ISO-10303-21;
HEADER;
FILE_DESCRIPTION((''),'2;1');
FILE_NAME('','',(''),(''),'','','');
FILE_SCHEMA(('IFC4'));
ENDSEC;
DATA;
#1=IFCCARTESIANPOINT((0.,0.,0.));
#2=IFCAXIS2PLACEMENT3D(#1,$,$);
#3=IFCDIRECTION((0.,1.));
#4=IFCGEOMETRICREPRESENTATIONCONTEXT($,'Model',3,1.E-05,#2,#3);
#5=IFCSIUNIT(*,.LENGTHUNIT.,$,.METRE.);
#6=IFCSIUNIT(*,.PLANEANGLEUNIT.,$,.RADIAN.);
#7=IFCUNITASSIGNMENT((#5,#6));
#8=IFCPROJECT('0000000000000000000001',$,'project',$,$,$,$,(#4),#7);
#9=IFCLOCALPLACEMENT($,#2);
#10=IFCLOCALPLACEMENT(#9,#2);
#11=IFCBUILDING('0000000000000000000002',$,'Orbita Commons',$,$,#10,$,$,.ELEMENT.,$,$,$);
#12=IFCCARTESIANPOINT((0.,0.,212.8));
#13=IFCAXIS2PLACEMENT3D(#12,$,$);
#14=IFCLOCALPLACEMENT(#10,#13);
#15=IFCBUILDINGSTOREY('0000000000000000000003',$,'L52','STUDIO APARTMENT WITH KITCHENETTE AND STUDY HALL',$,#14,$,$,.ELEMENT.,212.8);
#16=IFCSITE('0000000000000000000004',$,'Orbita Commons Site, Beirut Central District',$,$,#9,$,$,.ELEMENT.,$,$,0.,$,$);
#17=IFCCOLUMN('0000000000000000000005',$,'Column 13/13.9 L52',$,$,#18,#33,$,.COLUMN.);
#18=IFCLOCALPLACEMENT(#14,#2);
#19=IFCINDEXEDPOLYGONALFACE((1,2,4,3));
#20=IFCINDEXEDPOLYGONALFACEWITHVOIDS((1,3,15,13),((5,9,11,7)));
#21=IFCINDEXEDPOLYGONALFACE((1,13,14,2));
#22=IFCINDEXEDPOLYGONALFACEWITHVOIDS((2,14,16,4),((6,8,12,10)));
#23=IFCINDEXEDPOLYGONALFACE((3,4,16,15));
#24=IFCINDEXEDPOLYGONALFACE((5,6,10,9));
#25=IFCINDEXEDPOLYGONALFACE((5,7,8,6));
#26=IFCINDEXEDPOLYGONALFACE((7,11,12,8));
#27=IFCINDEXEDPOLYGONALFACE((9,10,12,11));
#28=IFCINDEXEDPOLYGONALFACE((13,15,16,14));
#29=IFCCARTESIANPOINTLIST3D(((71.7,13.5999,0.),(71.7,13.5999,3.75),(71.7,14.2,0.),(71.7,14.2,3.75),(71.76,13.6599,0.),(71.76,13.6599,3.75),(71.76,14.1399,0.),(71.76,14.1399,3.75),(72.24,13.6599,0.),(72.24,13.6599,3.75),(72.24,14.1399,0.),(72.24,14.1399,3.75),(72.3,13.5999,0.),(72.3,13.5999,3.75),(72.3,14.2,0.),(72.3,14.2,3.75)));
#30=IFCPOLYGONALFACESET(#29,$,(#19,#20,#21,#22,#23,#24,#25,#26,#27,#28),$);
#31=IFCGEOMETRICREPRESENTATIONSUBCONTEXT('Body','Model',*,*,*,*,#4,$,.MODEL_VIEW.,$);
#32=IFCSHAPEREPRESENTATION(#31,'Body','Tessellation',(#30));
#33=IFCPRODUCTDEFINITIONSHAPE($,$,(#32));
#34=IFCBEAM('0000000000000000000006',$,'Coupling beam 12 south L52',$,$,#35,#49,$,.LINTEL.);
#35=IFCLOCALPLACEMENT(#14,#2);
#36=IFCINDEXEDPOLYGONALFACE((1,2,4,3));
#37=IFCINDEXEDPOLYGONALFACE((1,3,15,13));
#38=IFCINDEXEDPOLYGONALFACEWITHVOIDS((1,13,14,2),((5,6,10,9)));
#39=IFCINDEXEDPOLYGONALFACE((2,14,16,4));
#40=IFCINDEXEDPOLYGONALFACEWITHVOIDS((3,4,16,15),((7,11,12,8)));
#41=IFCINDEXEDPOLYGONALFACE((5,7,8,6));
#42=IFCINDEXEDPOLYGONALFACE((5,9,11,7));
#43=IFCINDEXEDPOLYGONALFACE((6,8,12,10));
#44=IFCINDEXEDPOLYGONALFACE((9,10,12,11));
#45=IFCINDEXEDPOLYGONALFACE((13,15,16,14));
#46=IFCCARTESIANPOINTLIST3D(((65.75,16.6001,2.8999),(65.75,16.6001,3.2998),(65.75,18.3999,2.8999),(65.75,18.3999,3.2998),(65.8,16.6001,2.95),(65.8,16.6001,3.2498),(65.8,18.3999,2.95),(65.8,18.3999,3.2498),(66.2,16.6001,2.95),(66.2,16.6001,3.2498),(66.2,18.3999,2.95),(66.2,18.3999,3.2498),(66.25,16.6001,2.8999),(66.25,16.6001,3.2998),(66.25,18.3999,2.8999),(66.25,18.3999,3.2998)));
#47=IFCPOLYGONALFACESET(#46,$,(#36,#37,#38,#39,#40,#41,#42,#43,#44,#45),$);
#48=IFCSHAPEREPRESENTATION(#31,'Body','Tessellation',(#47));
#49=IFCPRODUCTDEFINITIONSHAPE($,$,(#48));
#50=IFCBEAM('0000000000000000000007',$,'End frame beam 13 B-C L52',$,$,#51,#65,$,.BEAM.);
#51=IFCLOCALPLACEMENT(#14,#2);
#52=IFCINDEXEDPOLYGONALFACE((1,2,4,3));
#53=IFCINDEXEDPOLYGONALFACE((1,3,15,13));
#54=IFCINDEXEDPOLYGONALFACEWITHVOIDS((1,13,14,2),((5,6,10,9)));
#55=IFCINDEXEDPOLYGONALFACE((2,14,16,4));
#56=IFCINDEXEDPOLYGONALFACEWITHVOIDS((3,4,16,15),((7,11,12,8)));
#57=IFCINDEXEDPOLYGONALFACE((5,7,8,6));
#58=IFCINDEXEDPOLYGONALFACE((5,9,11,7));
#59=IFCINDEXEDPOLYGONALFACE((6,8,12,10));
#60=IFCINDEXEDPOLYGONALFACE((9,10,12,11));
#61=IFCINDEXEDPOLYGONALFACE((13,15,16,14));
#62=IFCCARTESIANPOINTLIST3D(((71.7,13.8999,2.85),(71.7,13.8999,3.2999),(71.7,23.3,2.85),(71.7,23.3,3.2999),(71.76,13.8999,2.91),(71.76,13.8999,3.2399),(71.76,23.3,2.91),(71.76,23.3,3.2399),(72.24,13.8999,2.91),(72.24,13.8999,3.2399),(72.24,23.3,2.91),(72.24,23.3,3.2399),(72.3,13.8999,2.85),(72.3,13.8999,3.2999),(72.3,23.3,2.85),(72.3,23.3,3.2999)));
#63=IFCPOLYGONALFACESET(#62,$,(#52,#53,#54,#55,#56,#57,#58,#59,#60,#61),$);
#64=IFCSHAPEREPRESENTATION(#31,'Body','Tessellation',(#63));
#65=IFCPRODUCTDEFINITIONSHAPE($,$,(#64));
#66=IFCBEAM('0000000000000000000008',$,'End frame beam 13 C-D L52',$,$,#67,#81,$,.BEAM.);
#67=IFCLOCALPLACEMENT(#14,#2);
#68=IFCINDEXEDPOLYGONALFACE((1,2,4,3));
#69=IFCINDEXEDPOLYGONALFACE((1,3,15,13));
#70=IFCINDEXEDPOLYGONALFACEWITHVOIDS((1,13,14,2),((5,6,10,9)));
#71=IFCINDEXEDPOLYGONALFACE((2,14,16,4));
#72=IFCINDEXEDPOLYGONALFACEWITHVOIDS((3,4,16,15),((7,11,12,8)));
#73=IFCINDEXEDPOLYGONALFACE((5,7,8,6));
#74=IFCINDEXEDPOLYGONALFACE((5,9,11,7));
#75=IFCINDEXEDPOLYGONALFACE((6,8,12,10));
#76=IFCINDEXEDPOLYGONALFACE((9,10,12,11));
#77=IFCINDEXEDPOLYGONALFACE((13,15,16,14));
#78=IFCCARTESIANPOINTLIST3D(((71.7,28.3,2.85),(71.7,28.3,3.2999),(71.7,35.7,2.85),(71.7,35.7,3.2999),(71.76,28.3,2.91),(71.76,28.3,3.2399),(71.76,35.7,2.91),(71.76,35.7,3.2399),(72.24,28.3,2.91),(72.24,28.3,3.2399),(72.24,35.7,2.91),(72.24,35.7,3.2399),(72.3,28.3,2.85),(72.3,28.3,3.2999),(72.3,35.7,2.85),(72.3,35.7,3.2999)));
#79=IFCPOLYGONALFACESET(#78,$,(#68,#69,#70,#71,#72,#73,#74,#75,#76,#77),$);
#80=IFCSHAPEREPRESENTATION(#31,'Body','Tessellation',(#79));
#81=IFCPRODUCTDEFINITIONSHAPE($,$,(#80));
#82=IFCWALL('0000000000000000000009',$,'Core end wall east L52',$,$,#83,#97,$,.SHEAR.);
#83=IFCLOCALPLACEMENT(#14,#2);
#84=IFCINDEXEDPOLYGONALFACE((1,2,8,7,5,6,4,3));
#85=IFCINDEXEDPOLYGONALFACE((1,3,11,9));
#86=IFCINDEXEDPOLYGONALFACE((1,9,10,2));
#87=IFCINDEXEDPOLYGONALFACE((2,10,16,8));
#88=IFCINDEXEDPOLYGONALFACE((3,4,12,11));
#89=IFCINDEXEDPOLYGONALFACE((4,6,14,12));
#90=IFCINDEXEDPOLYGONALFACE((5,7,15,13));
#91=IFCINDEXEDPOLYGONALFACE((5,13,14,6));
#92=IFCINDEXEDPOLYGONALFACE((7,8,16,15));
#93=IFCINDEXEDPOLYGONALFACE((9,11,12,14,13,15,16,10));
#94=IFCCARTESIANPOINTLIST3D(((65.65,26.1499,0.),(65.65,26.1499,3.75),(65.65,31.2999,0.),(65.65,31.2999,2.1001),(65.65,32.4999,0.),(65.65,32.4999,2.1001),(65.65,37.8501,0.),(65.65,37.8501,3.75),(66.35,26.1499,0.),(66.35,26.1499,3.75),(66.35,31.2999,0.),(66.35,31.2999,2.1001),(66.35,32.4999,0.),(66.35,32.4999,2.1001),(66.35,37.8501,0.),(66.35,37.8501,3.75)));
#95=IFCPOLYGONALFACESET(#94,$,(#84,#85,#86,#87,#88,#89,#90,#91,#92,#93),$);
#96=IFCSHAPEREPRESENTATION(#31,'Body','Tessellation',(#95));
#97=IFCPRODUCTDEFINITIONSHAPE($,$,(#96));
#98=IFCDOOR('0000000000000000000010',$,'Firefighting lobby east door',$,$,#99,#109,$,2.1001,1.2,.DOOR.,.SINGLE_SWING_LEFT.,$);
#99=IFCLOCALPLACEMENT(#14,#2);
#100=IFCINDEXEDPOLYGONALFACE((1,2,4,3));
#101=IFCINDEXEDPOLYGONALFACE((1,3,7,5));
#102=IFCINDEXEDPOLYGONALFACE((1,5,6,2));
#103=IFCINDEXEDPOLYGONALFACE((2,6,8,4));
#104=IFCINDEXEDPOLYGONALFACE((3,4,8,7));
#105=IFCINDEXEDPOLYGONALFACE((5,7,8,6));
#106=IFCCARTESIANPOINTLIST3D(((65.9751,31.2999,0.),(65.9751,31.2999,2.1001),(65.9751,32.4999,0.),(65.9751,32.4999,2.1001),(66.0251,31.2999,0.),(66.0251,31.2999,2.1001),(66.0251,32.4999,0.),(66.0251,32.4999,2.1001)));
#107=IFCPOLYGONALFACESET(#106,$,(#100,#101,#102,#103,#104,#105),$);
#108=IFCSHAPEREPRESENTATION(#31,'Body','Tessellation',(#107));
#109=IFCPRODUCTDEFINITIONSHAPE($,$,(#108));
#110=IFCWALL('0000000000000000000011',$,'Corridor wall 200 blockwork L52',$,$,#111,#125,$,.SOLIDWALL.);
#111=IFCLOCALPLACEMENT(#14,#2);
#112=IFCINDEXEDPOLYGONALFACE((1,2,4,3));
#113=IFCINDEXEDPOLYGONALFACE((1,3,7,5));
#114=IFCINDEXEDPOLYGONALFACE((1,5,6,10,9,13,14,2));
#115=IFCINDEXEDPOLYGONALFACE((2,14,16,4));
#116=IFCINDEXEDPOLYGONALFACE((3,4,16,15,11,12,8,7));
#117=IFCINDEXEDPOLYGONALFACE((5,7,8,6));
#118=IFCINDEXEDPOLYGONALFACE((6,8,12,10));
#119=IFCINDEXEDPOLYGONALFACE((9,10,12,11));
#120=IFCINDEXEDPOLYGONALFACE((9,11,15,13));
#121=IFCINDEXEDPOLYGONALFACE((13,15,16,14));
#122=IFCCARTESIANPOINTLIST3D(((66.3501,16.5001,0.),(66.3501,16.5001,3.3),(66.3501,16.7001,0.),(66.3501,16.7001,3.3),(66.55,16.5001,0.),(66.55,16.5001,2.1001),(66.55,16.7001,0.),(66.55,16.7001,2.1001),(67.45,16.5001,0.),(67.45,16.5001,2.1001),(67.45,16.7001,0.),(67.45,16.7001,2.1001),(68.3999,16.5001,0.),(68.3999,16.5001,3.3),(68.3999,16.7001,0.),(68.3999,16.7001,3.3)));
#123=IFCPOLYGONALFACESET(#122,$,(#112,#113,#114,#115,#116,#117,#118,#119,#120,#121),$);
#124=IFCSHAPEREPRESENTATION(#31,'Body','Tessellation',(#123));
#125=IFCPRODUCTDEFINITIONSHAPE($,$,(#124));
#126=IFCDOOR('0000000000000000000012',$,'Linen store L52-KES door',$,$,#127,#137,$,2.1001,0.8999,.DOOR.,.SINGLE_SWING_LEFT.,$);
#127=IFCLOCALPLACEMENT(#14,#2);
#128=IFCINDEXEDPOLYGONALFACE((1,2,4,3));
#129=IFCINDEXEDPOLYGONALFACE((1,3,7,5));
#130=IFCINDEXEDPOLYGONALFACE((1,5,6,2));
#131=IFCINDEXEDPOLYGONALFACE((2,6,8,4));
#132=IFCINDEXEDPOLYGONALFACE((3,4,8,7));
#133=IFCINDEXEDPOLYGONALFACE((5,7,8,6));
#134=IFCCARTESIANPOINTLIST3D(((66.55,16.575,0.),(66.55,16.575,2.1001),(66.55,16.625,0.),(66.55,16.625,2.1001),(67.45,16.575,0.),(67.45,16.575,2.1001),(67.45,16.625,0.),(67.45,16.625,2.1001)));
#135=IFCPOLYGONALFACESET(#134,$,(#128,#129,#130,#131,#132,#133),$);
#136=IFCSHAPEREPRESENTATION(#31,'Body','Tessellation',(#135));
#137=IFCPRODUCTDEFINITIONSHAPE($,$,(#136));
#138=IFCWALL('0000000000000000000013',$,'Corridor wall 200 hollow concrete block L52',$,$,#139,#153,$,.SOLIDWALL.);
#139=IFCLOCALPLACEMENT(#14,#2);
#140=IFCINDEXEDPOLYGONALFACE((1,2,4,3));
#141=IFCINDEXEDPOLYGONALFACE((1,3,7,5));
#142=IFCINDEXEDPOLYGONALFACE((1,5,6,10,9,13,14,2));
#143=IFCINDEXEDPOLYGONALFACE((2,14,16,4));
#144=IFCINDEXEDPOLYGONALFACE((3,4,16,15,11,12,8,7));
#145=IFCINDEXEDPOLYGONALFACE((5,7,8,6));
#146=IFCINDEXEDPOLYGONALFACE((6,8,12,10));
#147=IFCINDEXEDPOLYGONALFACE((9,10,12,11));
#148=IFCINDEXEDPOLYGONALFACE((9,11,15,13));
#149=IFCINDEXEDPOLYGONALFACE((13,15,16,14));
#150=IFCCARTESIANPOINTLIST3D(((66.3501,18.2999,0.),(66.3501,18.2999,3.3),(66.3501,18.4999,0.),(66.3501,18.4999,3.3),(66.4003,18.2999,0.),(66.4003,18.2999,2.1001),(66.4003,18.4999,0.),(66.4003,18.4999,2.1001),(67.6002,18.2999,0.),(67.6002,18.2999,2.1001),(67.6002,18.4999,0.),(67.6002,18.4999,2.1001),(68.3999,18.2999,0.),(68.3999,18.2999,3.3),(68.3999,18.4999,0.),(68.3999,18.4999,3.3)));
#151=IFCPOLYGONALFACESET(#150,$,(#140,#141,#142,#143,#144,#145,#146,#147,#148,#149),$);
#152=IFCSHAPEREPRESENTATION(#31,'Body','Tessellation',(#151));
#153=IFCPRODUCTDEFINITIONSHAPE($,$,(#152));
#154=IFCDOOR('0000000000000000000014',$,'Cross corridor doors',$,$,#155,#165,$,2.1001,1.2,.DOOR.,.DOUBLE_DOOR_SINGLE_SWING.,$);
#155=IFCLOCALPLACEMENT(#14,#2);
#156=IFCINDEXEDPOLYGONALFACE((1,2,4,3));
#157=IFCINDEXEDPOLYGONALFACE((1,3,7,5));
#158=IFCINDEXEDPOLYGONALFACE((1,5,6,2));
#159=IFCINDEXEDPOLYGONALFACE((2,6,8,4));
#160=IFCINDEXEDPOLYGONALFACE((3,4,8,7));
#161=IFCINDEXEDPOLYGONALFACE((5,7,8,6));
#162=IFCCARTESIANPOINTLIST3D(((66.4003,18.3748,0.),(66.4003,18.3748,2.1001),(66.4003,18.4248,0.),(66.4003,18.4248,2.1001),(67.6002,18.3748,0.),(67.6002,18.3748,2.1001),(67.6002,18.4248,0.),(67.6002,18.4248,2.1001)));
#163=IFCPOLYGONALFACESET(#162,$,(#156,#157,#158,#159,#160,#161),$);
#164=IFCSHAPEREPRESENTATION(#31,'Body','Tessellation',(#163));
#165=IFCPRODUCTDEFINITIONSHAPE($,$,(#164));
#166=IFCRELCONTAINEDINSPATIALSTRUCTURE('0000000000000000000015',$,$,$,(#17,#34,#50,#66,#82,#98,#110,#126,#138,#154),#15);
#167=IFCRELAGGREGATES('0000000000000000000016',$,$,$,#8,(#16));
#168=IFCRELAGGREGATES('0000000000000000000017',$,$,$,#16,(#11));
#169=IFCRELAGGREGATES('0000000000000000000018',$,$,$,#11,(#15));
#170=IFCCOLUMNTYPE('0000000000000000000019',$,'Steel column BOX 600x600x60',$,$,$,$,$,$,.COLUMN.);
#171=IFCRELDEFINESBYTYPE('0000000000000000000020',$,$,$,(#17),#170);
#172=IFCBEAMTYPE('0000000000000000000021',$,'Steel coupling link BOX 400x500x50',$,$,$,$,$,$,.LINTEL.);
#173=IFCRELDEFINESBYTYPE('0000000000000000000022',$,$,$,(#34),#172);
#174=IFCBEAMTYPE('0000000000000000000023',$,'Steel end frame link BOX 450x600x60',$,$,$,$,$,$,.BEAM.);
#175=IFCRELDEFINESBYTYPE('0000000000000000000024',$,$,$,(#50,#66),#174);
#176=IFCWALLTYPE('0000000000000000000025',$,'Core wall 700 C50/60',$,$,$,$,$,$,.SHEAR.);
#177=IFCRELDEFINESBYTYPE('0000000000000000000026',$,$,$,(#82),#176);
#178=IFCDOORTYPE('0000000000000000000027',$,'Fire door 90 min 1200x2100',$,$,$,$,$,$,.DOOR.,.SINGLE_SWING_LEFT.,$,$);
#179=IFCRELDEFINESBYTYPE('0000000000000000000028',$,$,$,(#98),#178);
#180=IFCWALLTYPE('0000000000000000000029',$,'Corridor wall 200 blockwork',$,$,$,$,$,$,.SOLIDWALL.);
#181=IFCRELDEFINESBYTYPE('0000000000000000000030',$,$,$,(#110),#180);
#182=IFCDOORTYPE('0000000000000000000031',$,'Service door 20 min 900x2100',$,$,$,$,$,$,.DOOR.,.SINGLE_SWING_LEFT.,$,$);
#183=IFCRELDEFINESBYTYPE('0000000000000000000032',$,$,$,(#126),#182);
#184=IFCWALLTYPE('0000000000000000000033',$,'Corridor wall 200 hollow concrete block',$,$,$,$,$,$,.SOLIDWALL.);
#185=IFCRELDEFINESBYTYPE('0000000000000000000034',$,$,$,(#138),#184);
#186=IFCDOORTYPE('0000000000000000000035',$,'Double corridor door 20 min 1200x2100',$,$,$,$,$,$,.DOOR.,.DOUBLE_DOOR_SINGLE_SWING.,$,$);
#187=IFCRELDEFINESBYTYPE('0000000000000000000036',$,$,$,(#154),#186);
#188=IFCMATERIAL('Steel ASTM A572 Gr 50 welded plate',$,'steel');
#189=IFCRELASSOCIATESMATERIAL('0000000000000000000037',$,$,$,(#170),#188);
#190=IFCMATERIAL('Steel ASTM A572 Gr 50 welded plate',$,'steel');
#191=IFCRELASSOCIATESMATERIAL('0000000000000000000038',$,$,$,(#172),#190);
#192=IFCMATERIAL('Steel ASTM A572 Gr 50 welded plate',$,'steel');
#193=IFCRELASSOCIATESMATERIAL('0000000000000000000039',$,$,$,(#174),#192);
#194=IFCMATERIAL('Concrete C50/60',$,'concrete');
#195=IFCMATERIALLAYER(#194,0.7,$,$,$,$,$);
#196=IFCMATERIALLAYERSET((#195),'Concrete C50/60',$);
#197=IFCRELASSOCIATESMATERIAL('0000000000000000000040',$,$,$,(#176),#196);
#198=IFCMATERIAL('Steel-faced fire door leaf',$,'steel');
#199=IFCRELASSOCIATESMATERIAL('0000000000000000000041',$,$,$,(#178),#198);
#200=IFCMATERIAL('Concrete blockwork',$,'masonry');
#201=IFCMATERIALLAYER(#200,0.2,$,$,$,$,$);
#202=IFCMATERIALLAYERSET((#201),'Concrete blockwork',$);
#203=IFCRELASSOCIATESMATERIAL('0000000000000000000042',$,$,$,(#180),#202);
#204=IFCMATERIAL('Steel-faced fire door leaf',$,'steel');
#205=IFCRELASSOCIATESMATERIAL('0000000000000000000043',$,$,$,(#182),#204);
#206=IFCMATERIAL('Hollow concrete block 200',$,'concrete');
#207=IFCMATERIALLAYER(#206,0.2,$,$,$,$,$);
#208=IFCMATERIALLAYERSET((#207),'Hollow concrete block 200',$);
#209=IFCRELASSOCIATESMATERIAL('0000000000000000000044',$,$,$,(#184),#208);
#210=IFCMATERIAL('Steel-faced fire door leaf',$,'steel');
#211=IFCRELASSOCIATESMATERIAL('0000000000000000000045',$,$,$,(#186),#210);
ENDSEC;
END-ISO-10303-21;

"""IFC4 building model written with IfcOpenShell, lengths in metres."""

from ifc_helpers import new_model, si_unit, direction, frame, frame_2d, origin, origin_2d, place, context, subcontext, project, spatial, rectangle, hollow_rectangle, extrude, material, layer, layer_set, material_profile, profile_set, type_object, element, fill, save


model = new_model("IFC4")

# Units and contexts
model_context = context("Model", 3, precision=1e-05, world=origin(), true_north=direction((0.0, 1.0)))
body_context = subcontext(model_context, "Body", "Model", "MODEL_VIEW")
ifc_project = project(units=[si_unit("LENGTHUNIT", "METRE"), si_unit("PLANEANGLEUNIT", "RADIAN")], contexts=[model_context])

# Site, building, storey
site_placement = place(None, origin())
site = spatial("IfcSite", under=ifc_project, at=site_placement, Name="Orbita Commons Site, Beirut Central District", CompositionType="ELEMENT", RefElevation=0.0)
building_placement = place(site_placement, origin())
building = spatial("IfcBuilding", under=site, at=building_placement, Name="Orbita Commons", CompositionType="ELEMENT")
storey_placement = place(building_placement, frame((0.0, 0.0, 212.8)))
storey = spatial("IfcBuildingStorey", under=building, at=storey_placement, Name="L52", Description="STUDIO APARTMENT WITH KITCHENETTE AND STUDY HALL", CompositionType="ELEMENT", Elevation=212.8)

# Column
ifc_material_1 = material(Name="Steel ASTM A572 Gr 50 welded plate", Category="steel")
ifc_material_profile_1 = material_profile(ifc_material_1, hollow_rectangle(XDim=0.6001, YDim=0.6001, WallThickness=0.0601, at=origin_2d()), Name="BOX 600x600x60")
ifc_profile_set_1 = profile_set([ifc_material_profile_1], Name="Steel ASTM A572 Gr 50 welded plate")
column_type = type_object("IfcColumnType", Name="Steel column BOX 600x600x60", PredefinedType="COLUMN", material=ifc_profile_set_1)
column_placement = place(storey_placement, frame((72.0, 13.8999, 0.0), z_axis=(0.0, 0.0, 1.0), x_axis=(1.0, 0.0, 0.0)))
element("IfcColumn", 1, at=column_placement, inside=storey, type_object=column_type, Name="Column 13/13.9 L52", PredefinedType="COLUMN", context=body_context, shape_type="SweptSolid", body=[
    extrude(hollow_rectangle(XDim=0.6001, YDim=0.6001, WallThickness=0.0601, at=origin_2d()), origin(), (0.0, 0.0, 1.0), 3.75),
])

# Beams
ifc_material_2 = material(Name="Steel ASTM A572 Gr 50 welded plate", Category="steel")
ifc_material_profile_2 = material_profile(ifc_material_2, hollow_rectangle(XDim=0.5, YDim=0.3999, WallThickness=0.05, at=origin_2d()), Name="BOX 400x500x50")
ifc_profile_set_2 = profile_set([ifc_material_profile_2], Name="Steel ASTM A572 Gr 50 welded plate")
beam_type_1 = type_object("IfcBeamType", Name="Steel coupling link BOX 400x500x50", PredefinedType="LINTEL", material=ifc_profile_set_2)
beam_1_placement = place(storey_placement, frame((66.0, 16.6001, 3.0999), z_axis=(0.0, 1.0, 0.0), x_axis=(-1.0, 0.0, 0.0)))
element("IfcBeam", 2, at=beam_1_placement, inside=storey, type_object=beam_type_1, Name="Coupling beam 12 south L52", PredefinedType="LINTEL", context=body_context, shape_type="SweptSolid", body=[
    extrude(hollow_rectangle(XDim=0.5, YDim=0.3999, WallThickness=0.05, at=origin_2d()), origin(), (0.0, 0.0, 1.0), 1.7998),
])
ifc_material_3 = material(Name="Steel ASTM A572 Gr 50 welded plate", Category="steel")
ifc_material_profile_3 = material_profile(ifc_material_3, hollow_rectangle(XDim=0.6001, YDim=0.45, WallThickness=0.0601, at=origin_2d()), Name="BOX 450x600x60")
ifc_profile_set_3 = profile_set([ifc_material_profile_3], Name="Steel ASTM A572 Gr 50 welded plate")
beam_type_2 = type_object("IfcBeamType", Name="Steel end frame link BOX 450x600x60", PredefinedType="BEAM", material=ifc_profile_set_3)
beam_2_placement = place(storey_placement, frame((72.0, 13.8999, 3.075), z_axis=(0.0, 1.0, 0.0), x_axis=(-1.0, 0.0, 0.0)))
element("IfcBeam", 3, at=beam_2_placement, inside=storey, type_object=beam_type_2, Name="End frame beam 13 B-C L52", PredefinedType="BEAM", context=body_context, shape_type="SweptSolid", body=[
    extrude(hollow_rectangle(XDim=0.6001, YDim=0.45, WallThickness=0.0601, at=origin_2d()), origin(), (0.0, 0.0, 1.0), 9.4001),
])
beam_3_placement = place(storey_placement, frame((72.0, 28.3, 3.075), z_axis=(0.0, 1.0, 0.0), x_axis=(-1.0, 0.0, 0.0)))
element("IfcBeam", 4, at=beam_3_placement, inside=storey, type_object=beam_type_2, Name="End frame beam 13 C-D L52", PredefinedType="BEAM", context=body_context, shape_type="SweptSolid", body=[
    extrude(hollow_rectangle(XDim=0.6001, YDim=0.45, WallThickness=0.0601, at=origin_2d()), origin(), (0.0, 0.0, 1.0), 7.3999),
])

# Walls, openings, doors
ifc_material_4 = material(Name="Concrete C50/60", Category="concrete")
ifc_layer_1 = layer(ifc_material_4, 0.7)
ifc_layer_set_1 = layer_set([ifc_layer_1], Name="Concrete C50/60")
wall_type_1 = type_object("IfcWallType", Name="Core wall 700 C50/60", PredefinedType="SHEAR", material=ifc_layer_set_1)
wall_1_placement = place(storey_placement, frame((66.0, 26.1499, 0.0), z_axis=(0.0, 0.0, 1.0), x_axis=(0.0, 1.0, 0.0)))
wall_1 = element("IfcWall", 5, at=wall_1_placement, inside=storey, type_object=wall_type_1, Name="Core end wall east L52", PredefinedType="SHEAR", context=body_context, shape_type="SweptSolid", body=[
    extrude(rectangle(XDim=11.7002, YDim=0.7, at=frame_2d((5.8501, 0.0))), origin(), (0.0, 0.0, 1.0), 3.75),
])
opening_1_placement = place(wall_1_placement, frame((5.1499, 0.0, 0.0)))
opening_1 = element("IfcOpeningElement", 6, at=opening_1_placement, cuts=wall_1, PredefinedType="OPENING", context=body_context, shape_type="SweptSolid", body=[
    extrude(rectangle(XDim=1.2, YDim=2.1001, at=frame_2d((0.6001, 1.05))), frame((0.0, 0.3599, 0.0), z_axis=(0.0, -1.0, 0.0), x_axis=(1.0, 0.0, 0.0)), (0.0, 0.0, 1.0), 0.72),
])
ifc_material_5 = material(Name="Steel-faced fire door leaf", Category="steel")
door_type_1 = type_object("IfcDoorType", Name="Fire door 90 min 1200x2100", OperationType="SINGLE_SWING_LEFT", PredefinedType="DOOR", material=ifc_material_5)
door_1_placement = place(opening_1_placement, origin())
door_1 = element("IfcDoor", 7, at=door_1_placement, inside=storey, type_object=door_type_1, Name="Firefighting lobby east door", OperationType="SINGLE_SWING_LEFT", OverallHeight=2.1001, OverallWidth=1.2, PredefinedType="DOOR", context=body_context, shape_type="SweptSolid", body=[
    extrude(rectangle(XDim=1.2, YDim=2.1001, at=frame_2d((0.6001, 1.05))), frame((0.0, 0.0249, 0.0), z_axis=(0.0, -1.0, 0.0), x_axis=(1.0, 0.0, 0.0)), (0.0, 0.0, 1.0), 0.05),
])
fill(opening_1, door_1)
ifc_material_6 = material(Name="Concrete blockwork", Category="masonry")
ifc_layer_2 = layer(ifc_material_6, 0.2)
ifc_layer_set_2 = layer_set([ifc_layer_2], Name="Concrete blockwork")
wall_type_2 = type_object("IfcWallType", Name="Corridor wall 200 blockwork", PredefinedType="SOLIDWALL", material=ifc_layer_set_2)
wall_2_placement = place(storey_placement, frame((66.3501, 16.6001, 0.0), z_axis=(0.0, 0.0, 1.0), x_axis=(1.0, 0.0, 0.0)))
wall_2 = element("IfcWall", 8, at=wall_2_placement, inside=storey, type_object=wall_type_2, Name="Corridor wall 200 blockwork L52", PredefinedType="SOLIDWALL", context=body_context, shape_type="SweptSolid", body=[
    extrude(rectangle(XDim=2.0498, YDim=0.2, at=frame_2d((1.0249, 0.0))), origin(), (0.0, 0.0, 1.0), 3.3),
])
opening_2_placement = place(wall_2_placement, frame((0.2, 0.0, 0.0)))
opening_2 = element("IfcOpeningElement", 9, at=opening_2_placement, cuts=wall_2, PredefinedType="OPENING", context=body_context, shape_type="SweptSolid", body=[
    extrude(rectangle(XDim=0.8999, YDim=2.1001, at=frame_2d((0.45, 1.05))), frame((0.0, 0.1099, 0.0), z_axis=(0.0, -1.0, 0.0), x_axis=(1.0, 0.0, 0.0)), (0.0, 0.0, 1.0), 0.22),
])
ifc_material_7 = material(Name="Steel-faced fire door leaf", Category="steel")
door_type_2 = type_object("IfcDoorType", Name="Service door 20 min 900x2100", OperationType="SINGLE_SWING_LEFT", PredefinedType="DOOR", material=ifc_material_7)
door_2_placement = place(opening_2_placement, origin())
door_2 = element("IfcDoor", 10, at=door_2_placement, inside=storey, type_object=door_type_2, Name="Linen store L52-KES door", OperationType="SINGLE_SWING_LEFT", OverallHeight=2.1001, OverallWidth=0.8999, PredefinedType="DOOR", context=body_context, shape_type="SweptSolid", body=[
    extrude(rectangle(XDim=0.8999, YDim=2.1001, at=frame_2d((0.45, 1.05))), frame((0.0, 0.0249, 0.0), z_axis=(0.0, -1.0, 0.0), x_axis=(1.0, 0.0, 0.0)), (0.0, 0.0, 1.0), 0.05),
])
fill(opening_2, door_2)
ifc_material_8 = material(Name="Hollow concrete block 200", Category="concrete")
ifc_layer_3 = layer(ifc_material_8, 0.2)
ifc_layer_set_3 = layer_set([ifc_layer_3], Name="Hollow concrete block 200")
wall_type_3 = type_object("IfcWallType", Name="Corridor wall 200 hollow concrete block", PredefinedType="SOLIDWALL", material=ifc_layer_set_3)
wall_3_placement = place(storey_placement, frame((66.3501, 18.3999, 0.0), z_axis=(0.0, 0.0, 1.0), x_axis=(1.0, 0.0, 0.0)))
wall_3 = element("IfcWall", 11, at=wall_3_placement, inside=storey, type_object=wall_type_3, Name="Corridor wall 200 hollow concrete block L52", PredefinedType="SOLIDWALL", context=body_context, shape_type="SweptSolid", body=[
    extrude(rectangle(XDim=2.0498, YDim=0.2, at=frame_2d((1.0249, 0.0))), origin(), (0.0, 0.0, 1.0), 3.3),
])
opening_3_placement = place(wall_3_placement, frame((0.05, 0.0, 0.0)))
opening_3 = element("IfcOpeningElement", 12, at=opening_3_placement, cuts=wall_3, PredefinedType="OPENING", context=body_context, shape_type="SweptSolid", body=[
    extrude(rectangle(XDim=1.2, YDim=2.1001, at=frame_2d((0.6001, 1.05))), frame((0.0, 0.1099, 0.0), z_axis=(0.0, -1.0, 0.0), x_axis=(1.0, 0.0, 0.0)), (0.0, 0.0, 1.0), 0.22),
])
ifc_material_9 = material(Name="Steel-faced fire door leaf", Category="steel")
door_type_3 = type_object("IfcDoorType", Name="Double corridor door 20 min 1200x2100", OperationType="DOUBLE_DOOR_SINGLE_SWING", PredefinedType="DOOR", material=ifc_material_9)
door_3_placement = place(opening_3_placement, origin())
door_3 = element("IfcDoor", 13, at=door_3_placement, inside=storey, type_object=door_type_3, Name="Cross corridor doors", OperationType="DOUBLE_DOOR_SINGLE_SWING", OverallHeight=2.1001, OverallWidth=1.2, PredefinedType="DOOR", context=body_context, shape_type="SweptSolid", body=[
    extrude(rectangle(XDim=1.2, YDim=2.1001, at=frame_2d((0.6001, 1.05))), frame((0.0, 0.0249, 0.0), z_axis=(0.0, -1.0, 0.0), x_axis=(1.0, 0.0, 0.0)), (0.0, 0.0, 1.0), 0.05),
])
fill(opening_3, door_3)

save(model, "model.ifc")
